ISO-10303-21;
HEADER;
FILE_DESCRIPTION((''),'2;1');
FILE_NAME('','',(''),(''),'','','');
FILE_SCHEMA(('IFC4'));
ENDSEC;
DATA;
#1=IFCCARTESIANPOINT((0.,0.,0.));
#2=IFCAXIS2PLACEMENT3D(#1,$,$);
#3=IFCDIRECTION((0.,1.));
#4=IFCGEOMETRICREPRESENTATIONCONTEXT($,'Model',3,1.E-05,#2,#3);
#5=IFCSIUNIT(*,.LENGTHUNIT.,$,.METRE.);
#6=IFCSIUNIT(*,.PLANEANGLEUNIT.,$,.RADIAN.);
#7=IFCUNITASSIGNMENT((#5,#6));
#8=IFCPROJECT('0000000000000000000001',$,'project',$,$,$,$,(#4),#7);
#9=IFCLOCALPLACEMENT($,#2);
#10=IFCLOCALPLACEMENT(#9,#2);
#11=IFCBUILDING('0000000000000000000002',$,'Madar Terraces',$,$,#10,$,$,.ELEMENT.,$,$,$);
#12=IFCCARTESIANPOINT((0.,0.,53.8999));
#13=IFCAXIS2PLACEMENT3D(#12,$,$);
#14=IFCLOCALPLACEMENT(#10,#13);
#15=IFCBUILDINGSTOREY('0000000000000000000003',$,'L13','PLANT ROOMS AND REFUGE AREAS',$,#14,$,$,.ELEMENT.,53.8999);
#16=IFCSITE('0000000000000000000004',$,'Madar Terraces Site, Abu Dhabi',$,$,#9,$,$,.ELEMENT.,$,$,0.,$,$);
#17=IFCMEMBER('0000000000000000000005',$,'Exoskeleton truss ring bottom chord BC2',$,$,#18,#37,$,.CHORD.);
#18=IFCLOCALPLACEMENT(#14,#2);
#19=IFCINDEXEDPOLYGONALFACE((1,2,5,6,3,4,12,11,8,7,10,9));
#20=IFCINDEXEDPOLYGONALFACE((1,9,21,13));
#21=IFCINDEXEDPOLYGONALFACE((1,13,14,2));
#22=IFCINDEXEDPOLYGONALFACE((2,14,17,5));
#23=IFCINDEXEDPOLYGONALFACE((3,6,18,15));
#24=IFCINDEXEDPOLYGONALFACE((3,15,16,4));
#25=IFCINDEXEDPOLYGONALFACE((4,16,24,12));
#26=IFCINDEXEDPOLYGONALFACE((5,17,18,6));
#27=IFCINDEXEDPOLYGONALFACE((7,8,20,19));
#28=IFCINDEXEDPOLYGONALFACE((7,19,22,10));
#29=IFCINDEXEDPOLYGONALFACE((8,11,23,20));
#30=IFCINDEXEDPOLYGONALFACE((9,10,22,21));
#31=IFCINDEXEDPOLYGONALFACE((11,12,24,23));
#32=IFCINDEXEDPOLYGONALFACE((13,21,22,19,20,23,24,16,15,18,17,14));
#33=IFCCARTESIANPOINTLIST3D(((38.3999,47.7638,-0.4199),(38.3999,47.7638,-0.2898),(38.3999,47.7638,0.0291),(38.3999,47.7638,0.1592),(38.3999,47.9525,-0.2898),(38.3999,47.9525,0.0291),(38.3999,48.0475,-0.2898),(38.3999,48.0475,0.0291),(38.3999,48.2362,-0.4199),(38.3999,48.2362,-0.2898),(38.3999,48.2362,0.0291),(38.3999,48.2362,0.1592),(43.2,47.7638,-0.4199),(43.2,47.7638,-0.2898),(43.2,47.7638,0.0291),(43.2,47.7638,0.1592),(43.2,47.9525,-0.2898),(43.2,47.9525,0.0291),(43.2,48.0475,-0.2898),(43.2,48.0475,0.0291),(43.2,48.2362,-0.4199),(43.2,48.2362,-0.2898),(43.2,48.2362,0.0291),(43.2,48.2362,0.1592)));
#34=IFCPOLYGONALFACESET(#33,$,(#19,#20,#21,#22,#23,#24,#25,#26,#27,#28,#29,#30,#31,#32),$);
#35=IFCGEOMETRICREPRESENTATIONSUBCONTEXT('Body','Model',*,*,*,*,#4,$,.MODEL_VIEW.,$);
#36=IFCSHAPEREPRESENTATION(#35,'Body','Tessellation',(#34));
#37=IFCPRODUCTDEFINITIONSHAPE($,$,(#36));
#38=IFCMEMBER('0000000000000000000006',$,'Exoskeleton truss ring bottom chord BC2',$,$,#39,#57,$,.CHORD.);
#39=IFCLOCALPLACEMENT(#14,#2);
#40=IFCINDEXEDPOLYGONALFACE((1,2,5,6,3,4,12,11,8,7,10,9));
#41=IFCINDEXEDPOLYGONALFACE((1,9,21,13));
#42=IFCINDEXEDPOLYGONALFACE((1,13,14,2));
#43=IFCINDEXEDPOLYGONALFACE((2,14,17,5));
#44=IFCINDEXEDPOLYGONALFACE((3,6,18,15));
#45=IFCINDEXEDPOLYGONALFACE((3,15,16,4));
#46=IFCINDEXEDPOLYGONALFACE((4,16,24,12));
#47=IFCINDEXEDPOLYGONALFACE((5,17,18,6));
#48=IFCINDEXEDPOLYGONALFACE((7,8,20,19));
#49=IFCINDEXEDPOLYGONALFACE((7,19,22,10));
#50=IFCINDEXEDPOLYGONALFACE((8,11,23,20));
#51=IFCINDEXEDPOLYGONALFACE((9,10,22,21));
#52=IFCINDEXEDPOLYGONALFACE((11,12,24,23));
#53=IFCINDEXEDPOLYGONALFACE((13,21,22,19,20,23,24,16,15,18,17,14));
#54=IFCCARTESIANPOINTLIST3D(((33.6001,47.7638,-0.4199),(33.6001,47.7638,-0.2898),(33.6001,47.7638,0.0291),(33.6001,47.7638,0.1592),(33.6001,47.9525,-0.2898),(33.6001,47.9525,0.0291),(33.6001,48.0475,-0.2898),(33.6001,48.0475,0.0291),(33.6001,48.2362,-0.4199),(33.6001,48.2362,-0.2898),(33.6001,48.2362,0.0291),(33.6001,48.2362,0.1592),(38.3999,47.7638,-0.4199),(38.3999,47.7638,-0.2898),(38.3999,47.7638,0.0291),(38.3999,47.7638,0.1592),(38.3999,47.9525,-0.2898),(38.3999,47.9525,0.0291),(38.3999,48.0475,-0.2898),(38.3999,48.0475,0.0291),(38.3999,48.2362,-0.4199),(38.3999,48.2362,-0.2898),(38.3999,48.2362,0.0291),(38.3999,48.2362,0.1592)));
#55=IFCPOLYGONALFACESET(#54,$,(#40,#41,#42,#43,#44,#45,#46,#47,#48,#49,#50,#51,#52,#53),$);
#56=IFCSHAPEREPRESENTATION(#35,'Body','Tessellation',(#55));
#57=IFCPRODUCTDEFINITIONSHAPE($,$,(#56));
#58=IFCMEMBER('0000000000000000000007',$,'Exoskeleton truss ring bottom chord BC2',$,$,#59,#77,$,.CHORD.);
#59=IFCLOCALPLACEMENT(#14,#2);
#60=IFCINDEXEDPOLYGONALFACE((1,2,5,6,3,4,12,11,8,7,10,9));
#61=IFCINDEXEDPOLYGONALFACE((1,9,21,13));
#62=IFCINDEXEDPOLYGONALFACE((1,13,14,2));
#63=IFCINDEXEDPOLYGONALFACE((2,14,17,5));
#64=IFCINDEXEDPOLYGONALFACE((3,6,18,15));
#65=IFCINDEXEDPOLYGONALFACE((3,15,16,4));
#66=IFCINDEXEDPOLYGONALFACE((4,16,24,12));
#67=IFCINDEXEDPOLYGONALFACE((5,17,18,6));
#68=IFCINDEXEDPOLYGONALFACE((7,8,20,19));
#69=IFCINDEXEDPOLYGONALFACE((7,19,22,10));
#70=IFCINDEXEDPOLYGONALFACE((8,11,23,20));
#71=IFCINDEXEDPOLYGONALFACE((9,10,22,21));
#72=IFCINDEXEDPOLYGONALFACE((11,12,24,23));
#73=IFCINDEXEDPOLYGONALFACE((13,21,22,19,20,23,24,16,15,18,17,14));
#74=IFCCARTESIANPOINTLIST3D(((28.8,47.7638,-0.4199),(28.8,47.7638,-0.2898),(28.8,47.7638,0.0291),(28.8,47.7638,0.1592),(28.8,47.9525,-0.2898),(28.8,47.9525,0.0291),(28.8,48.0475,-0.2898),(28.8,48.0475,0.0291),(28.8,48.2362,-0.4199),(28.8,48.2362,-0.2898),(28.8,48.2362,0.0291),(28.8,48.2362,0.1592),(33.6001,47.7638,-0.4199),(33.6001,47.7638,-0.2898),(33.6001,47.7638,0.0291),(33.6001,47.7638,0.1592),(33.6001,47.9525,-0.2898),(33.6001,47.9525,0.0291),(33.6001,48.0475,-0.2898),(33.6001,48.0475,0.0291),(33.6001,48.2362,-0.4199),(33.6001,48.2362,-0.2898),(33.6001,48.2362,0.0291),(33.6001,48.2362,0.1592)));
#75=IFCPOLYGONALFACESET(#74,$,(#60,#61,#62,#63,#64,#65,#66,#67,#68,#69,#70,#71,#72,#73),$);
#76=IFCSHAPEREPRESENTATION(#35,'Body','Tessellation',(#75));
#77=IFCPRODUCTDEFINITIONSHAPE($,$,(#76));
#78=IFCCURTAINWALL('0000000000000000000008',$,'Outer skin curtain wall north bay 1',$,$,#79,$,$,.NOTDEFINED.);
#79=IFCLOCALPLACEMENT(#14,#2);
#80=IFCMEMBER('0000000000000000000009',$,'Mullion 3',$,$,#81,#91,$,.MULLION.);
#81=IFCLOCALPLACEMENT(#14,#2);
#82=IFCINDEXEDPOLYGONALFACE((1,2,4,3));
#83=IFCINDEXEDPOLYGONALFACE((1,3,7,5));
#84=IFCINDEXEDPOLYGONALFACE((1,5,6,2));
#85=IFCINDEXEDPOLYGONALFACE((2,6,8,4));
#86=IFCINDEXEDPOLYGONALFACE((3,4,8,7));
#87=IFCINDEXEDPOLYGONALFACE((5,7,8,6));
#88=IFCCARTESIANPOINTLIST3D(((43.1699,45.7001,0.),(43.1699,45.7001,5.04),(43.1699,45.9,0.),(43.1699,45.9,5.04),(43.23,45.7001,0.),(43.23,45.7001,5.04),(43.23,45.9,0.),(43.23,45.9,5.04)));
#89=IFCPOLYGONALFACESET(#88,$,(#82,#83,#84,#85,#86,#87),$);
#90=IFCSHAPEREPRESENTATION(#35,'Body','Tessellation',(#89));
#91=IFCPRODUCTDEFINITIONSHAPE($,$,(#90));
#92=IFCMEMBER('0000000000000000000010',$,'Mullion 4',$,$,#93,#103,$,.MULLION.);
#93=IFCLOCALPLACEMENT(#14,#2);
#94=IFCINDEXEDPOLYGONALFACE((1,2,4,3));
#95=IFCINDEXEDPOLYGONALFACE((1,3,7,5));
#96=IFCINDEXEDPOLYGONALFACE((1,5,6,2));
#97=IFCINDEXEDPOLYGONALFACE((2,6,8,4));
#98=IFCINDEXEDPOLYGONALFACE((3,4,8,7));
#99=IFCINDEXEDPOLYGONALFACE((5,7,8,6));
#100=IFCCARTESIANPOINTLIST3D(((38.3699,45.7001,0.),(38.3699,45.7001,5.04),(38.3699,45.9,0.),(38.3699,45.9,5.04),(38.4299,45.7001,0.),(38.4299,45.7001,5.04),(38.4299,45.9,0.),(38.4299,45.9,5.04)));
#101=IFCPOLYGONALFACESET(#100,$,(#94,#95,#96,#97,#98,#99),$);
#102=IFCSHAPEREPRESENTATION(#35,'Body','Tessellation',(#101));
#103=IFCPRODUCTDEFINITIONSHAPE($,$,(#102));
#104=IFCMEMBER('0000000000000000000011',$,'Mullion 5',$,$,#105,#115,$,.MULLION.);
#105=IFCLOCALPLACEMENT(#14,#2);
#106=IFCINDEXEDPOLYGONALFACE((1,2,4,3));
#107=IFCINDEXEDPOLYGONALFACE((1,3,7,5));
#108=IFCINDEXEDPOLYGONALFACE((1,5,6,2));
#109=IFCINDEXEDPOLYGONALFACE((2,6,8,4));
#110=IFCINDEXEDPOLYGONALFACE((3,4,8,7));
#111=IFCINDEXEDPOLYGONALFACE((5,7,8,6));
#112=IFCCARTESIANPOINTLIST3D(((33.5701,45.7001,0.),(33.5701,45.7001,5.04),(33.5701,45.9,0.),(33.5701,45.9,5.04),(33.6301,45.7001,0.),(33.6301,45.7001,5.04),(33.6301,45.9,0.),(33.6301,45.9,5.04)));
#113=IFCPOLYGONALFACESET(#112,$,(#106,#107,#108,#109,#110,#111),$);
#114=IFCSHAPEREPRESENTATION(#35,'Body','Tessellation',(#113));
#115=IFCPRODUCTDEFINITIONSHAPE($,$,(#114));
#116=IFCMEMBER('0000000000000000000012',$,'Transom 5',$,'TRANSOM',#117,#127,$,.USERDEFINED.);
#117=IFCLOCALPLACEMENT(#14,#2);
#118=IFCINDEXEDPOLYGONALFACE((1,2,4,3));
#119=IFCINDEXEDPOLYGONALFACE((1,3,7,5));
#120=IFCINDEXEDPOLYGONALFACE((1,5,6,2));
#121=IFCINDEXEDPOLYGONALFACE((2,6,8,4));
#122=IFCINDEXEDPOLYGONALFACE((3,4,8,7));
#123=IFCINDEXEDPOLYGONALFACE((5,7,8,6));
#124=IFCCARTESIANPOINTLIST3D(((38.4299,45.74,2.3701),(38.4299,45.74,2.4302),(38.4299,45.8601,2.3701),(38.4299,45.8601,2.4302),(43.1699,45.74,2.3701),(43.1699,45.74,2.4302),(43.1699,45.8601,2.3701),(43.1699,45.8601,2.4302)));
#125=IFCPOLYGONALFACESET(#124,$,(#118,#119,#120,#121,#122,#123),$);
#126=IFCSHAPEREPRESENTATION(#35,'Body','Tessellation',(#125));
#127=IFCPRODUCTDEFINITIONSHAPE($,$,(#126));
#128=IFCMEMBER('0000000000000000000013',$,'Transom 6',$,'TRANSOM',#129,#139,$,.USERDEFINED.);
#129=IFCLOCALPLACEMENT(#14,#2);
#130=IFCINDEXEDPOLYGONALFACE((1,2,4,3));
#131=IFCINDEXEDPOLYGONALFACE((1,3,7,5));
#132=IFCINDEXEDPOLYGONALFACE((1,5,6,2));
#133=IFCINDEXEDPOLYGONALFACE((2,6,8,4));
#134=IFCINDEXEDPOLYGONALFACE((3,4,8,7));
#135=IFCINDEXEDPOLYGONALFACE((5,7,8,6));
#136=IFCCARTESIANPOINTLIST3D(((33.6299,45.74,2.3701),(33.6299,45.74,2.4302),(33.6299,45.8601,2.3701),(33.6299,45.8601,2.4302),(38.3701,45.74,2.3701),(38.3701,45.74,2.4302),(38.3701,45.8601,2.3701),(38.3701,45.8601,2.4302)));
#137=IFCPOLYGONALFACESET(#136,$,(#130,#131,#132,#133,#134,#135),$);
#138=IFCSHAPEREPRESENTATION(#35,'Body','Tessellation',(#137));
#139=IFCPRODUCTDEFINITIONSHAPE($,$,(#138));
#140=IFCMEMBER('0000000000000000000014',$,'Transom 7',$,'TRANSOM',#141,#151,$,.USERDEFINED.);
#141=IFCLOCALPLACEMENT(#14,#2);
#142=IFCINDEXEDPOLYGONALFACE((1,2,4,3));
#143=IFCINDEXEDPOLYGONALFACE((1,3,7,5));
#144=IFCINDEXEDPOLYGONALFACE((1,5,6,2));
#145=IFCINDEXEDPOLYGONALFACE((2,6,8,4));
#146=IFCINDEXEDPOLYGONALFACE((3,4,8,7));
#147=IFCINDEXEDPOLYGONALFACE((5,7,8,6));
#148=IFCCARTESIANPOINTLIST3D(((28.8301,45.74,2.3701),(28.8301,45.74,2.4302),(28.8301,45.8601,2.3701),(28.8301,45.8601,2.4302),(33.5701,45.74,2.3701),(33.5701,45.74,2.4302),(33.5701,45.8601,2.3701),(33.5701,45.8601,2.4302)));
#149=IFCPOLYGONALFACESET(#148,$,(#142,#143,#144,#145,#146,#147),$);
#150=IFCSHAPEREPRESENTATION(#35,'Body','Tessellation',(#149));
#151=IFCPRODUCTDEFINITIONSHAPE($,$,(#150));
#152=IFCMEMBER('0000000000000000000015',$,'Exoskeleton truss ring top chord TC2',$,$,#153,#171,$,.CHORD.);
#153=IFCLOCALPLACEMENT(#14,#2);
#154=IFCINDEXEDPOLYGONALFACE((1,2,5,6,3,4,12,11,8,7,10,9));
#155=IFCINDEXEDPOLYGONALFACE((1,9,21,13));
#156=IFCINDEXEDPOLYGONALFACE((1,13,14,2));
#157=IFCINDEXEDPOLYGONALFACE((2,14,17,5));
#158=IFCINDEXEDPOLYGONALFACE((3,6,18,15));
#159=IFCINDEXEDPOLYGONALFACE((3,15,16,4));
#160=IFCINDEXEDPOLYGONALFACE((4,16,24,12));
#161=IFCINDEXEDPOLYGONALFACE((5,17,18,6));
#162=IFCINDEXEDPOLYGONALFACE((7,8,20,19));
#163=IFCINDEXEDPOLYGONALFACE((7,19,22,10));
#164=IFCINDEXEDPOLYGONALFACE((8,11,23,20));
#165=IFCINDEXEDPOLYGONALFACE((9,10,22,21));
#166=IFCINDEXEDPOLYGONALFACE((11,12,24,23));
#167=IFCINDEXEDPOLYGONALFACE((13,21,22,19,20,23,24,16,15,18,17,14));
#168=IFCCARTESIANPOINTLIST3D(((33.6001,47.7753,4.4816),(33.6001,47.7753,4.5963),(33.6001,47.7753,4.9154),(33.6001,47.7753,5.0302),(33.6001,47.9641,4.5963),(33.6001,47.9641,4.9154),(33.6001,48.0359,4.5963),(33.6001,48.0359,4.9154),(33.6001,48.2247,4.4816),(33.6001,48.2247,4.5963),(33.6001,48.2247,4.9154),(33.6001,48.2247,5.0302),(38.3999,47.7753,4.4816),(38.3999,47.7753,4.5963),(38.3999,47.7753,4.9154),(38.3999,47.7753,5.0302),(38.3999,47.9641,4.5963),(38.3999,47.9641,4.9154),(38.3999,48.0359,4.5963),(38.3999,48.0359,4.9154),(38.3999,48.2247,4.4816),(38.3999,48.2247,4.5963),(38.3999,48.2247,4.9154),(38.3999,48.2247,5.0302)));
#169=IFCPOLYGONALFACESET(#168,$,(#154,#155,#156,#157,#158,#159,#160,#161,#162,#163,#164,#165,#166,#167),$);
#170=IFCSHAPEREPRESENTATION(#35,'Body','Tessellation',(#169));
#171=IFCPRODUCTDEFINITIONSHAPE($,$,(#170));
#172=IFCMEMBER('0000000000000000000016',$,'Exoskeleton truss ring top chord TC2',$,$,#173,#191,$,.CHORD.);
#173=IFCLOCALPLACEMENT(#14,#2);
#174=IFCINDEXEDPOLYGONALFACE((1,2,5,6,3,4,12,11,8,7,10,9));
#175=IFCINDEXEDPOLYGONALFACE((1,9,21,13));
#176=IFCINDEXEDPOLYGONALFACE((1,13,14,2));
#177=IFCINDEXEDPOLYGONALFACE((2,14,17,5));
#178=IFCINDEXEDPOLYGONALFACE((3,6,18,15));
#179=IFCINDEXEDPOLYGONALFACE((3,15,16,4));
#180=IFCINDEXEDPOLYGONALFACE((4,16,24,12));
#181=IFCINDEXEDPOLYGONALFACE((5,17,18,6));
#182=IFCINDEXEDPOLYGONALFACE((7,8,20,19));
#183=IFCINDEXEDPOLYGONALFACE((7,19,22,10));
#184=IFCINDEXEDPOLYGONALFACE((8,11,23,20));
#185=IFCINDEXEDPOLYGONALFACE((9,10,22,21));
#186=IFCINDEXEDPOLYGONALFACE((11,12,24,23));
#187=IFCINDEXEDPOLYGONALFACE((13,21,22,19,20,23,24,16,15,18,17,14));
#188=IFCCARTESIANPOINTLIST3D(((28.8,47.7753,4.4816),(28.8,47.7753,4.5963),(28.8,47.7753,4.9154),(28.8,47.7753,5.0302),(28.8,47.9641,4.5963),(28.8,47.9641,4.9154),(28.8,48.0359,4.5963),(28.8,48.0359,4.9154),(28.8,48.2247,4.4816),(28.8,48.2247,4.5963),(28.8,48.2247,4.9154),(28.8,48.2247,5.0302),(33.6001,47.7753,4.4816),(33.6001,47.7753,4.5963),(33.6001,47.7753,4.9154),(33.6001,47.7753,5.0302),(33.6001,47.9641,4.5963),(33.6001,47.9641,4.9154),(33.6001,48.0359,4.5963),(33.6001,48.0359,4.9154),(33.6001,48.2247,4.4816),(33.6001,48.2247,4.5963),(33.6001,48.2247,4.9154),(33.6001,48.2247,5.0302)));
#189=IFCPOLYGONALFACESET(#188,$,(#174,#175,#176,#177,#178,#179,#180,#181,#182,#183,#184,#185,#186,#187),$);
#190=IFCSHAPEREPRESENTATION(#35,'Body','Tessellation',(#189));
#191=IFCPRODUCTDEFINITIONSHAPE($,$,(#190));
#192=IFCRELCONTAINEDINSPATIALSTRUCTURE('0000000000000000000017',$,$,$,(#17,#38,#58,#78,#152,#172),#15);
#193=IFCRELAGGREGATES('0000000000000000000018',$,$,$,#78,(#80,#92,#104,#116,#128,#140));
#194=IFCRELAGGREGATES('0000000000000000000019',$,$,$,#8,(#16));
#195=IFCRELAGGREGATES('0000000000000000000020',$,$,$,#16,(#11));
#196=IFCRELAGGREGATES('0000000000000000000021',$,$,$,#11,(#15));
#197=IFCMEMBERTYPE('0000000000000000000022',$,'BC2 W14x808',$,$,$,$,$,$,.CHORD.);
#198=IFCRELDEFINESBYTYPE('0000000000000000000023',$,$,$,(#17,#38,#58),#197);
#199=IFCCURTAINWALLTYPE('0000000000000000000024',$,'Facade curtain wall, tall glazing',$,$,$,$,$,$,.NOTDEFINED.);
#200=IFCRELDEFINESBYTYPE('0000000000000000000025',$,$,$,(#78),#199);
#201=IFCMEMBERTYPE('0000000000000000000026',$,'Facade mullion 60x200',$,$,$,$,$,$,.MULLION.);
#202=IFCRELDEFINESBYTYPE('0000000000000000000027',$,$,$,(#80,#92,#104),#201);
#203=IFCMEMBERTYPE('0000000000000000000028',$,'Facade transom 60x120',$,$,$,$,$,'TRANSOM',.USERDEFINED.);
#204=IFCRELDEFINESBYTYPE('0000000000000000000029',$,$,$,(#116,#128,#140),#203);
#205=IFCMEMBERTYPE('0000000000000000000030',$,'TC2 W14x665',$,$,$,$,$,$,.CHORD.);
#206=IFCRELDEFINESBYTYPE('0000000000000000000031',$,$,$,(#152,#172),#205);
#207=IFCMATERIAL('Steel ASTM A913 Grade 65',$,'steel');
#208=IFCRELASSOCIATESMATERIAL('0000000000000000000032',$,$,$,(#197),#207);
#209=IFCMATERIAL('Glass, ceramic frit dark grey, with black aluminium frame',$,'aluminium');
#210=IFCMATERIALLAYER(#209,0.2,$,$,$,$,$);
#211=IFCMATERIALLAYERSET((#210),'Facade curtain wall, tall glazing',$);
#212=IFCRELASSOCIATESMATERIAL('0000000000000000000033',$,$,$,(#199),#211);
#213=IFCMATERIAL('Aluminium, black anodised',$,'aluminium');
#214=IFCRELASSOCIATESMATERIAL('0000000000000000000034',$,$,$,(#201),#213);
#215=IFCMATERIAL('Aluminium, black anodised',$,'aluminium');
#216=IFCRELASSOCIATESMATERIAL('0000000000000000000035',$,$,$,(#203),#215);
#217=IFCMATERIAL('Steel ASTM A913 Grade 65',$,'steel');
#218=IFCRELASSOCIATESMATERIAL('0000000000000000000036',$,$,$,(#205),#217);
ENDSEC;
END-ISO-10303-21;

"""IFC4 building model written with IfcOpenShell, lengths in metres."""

from ifc_helpers import new_model, si_unit, direction, frame, origin, origin_2d, place, context, subcontext, project, spatial, rectangle, i_section, extrude, material, layer, layer_set, material_profile, profile_set, type_object, element, aggregate, save


model = new_model("IFC4")

# Units and contexts
model_context = context("Model", 3, precision=1e-05, world=origin(), true_north=direction((0.0, 1.0)))
body_context = subcontext(model_context, "Body", "Model", "MODEL_VIEW")
ifc_project = project(units=[si_unit("LENGTHUNIT", "METRE"), si_unit("PLANEANGLEUNIT", "RADIAN")], contexts=[model_context])

# Site, building, storey
site_placement = place(None, origin())
site = spatial("IfcSite", under=ifc_project, at=site_placement, Name="Madar Terraces Site, Abu Dhabi", CompositionType="ELEMENT", RefElevation=0.0)
building_placement = place(site_placement, origin())
building = spatial("IfcBuilding", under=site, at=building_placement, Name="Madar Terraces", CompositionType="ELEMENT")
storey_placement = place(building_placement, frame((0.0, 0.0, 53.8999)))
storey = spatial("IfcBuildingStorey", under=building, at=storey_placement, Name="L13", Description="PLANT ROOMS AND REFUGE AREAS", CompositionType="ELEMENT", Elevation=53.8999)

# Members
ifc_material_1 = material(Name="Steel ASTM A913 Grade 65", Category="steel")
ifc_material_profile_1 = material_profile(ifc_material_1, i_section(OverallWidth=0.4724, OverallDepth=0.5791, WebThickness=0.095, FlangeThickness=0.1301, at=origin_2d()), Name="W14x808")
ifc_profile_set_1 = profile_set([ifc_material_profile_1], Name="Steel ASTM A913 Grade 65")
member_type_1 = type_object("IfcMemberType", Name="BC2 W14x808", PredefinedType="CHORD", material=ifc_profile_set_1)
member_1_placement = place(storey_placement, frame((43.2, 48.0, -0.1304), z_axis=(-1.0, 0.0, 0.0), x_axis=(0.0, -1.0, 0.0)))
element("IfcMember", 1, at=member_1_placement, inside=storey, type_object=member_type_1, Name="Exoskeleton truss ring bottom chord BC2", PredefinedType="CHORD", context=body_context, shape_type="SweptSolid", body=[
    extrude(i_section(OverallWidth=0.4724, OverallDepth=0.5791, WebThickness=0.095, FlangeThickness=0.1301, at=origin_2d()), origin(), (0.0, 0.0, 1.0), 4.8),
])
member_2_placement = place(storey_placement, frame((38.3999, 48.0, -0.1304), z_axis=(-1.0, 0.0, 0.0), x_axis=(0.0, -1.0, 0.0)))
element("IfcMember", 2, at=member_2_placement, inside=storey, type_object=member_type_1, Name="Exoskeleton truss ring bottom chord BC2", PredefinedType="CHORD", context=body_context, shape_type="SweptSolid", body=[
    extrude(i_section(OverallWidth=0.4724, OverallDepth=0.5791, WebThickness=0.095, FlangeThickness=0.1301, at=origin_2d()), origin(), (0.0, 0.0, 1.0), 4.7998),
])
member_3_placement = place(storey_placement, frame((33.6001, 48.0, -0.1304), z_axis=(-1.0, 0.0, 0.0), x_axis=(0.0, -1.0, 0.0)))
element("IfcMember", 3, at=member_3_placement, inside=storey, type_object=member_type_1, Name="Exoskeleton truss ring bottom chord BC2", PredefinedType="CHORD", context=body_context, shape_type="SweptSolid", body=[
    extrude(i_section(OverallWidth=0.4724, OverallDepth=0.5791, WebThickness=0.095, FlangeThickness=0.1301, at=origin_2d()), origin(), (0.0, 0.0, 1.0), 4.8),
])

# Curtain wall, members
ifc_material_2 = material(Name="Glass, ceramic frit dark grey, with black aluminium frame", Category="aluminium")
ifc_layer_1 = layer(ifc_material_2, 0.2)
ifc_layer_set_1 = layer_set([ifc_layer_1], Name="Facade curtain wall, tall glazing")
curtain_wall_type = type_object("IfcCurtainWallType", Name="Facade curtain wall, tall glazing", PredefinedType="NOTDEFINED", material=ifc_layer_set_1)
curtain_wall_placement = place(storey_placement, origin())
curtain_wall = element("IfcCurtainWall", 4, at=curtain_wall_placement, inside=storey, type_object=curtain_wall_type, Name="Outer skin curtain wall north bay 1", PredefinedType="NOTDEFINED")
ifc_material_3 = material(Name="Aluminium, black anodised", Category="aluminium")
ifc_material_profile_2 = material_profile(ifc_material_3, rectangle(XDim=0.2, YDim=0.0601, at=origin_2d()), Name="Facade mullion 60x200")
ifc_profile_set_2 = profile_set([ifc_material_profile_2], Name="Aluminium, black anodised")
member_type_2 = type_object("IfcMemberType", Name="Facade mullion 60x200", PredefinedType="MULLION", material=ifc_profile_set_2)
member_4_placement = place(storey_placement, frame((43.2, 45.8, 0.0), z_axis=(0.0, 0.0, 1.0), x_axis=(0.0, -1.0, 0.0)))
member_4 = element("IfcMember", 5, at=member_4_placement, type_object=member_type_2, Name="Mullion 3", PredefinedType="MULLION", context=body_context, shape_type="SweptSolid", body=[
    extrude(rectangle(XDim=0.2, YDim=0.0601, at=origin_2d()), origin(), (0.0, 0.0, 1.0), 5.04),
])
member_5_placement = place(storey_placement, frame((38.3999, 45.8, 0.0), z_axis=(0.0, 0.0, 1.0), x_axis=(0.0, -1.0, 0.0)))
member_5 = element("IfcMember", 6, at=member_5_placement, type_object=member_type_2, Name="Mullion 4", PredefinedType="MULLION", context=body_context, shape_type="SweptSolid", body=[
    extrude(rectangle(XDim=0.2, YDim=0.0601, at=origin_2d()), origin(), (0.0, 0.0, 1.0), 5.04),
])
member_6_placement = place(storey_placement, frame((33.6001, 45.8, 0.0), z_axis=(0.0, 0.0, 1.0), x_axis=(0.0, -1.0, 0.0)))
member_6 = element("IfcMember", 7, at=member_6_placement, type_object=member_type_2, Name="Mullion 5", PredefinedType="MULLION", context=body_context, shape_type="SweptSolid", body=[
    extrude(rectangle(XDim=0.2, YDim=0.0601, at=origin_2d()), origin(), (0.0, 0.0, 1.0), 5.04),
])
ifc_material_4 = material(Name="Aluminium, black anodised", Category="aluminium")
ifc_material_profile_3 = material_profile(ifc_material_4, rectangle(XDim=0.1201, YDim=0.0601, at=origin_2d()), Name="Facade transom 60x120")
ifc_profile_set_3 = profile_set([ifc_material_profile_3], Name="Aluminium, black anodised")
member_type_3 = type_object("IfcMemberType", Name="Facade transom 60x120", ElementType="TRANSOM", PredefinedType="USERDEFINED", material=ifc_profile_set_3)
member_7_placement = place(storey_placement, frame((43.1699, 45.8, 2.4001), z_axis=(-1.0, 0.0, 0.0), x_axis=(0.0, -1.0, 0.0)))
member_7 = element("IfcMember", 8, at=member_7_placement, type_object=member_type_3, Name="Transom 5", ObjectType="TRANSOM", PredefinedType="USERDEFINED", context=body_context, shape_type="SweptSolid", body=[
    extrude(rectangle(XDim=0.1201, YDim=0.0601, at=origin_2d()), origin(), (0.0, 0.0, 1.0), 4.74),
])
member_8_placement = place(storey_placement, frame((38.3701, 45.8, 2.4001), z_axis=(-1.0, 0.0, 0.0), x_axis=(0.0, -1.0, 0.0)))
member_8 = element("IfcMember", 9, at=member_8_placement, type_object=member_type_3, Name="Transom 6", ObjectType="TRANSOM", PredefinedType="USERDEFINED", context=body_context, shape_type="SweptSolid", body=[
    extrude(rectangle(XDim=0.1201, YDim=0.0601, at=origin_2d()), origin(), (0.0, 0.0, 1.0), 4.7402),
])
member_9_placement = place(storey_placement, frame((33.5701, 45.8, 2.4001), z_axis=(-1.0, 0.0, 0.0), x_axis=(0.0, -1.0, 0.0)))
member_9 = element("IfcMember", 10, at=member_9_placement, type_object=member_type_3, Name="Transom 7", ObjectType="TRANSOM", PredefinedType="USERDEFINED", context=body_context, shape_type="SweptSolid", body=[
    extrude(rectangle(XDim=0.1201, YDim=0.0601, at=origin_2d()), origin(), (0.0, 0.0, 1.0), 4.74),
])

# Members
ifc_material_5 = material(Name="Steel ASTM A913 Grade 65", Category="steel")
ifc_material_profile_4 = material_profile(ifc_material_5, i_section(OverallWidth=0.4495, OverallDepth=0.5486, WebThickness=0.0718, FlangeThickness=0.1147, at=origin_2d()), Name="W14x665")
ifc_profile_set_4 = profile_set([ifc_material_profile_4], Name="Steel ASTM A913 Grade 65")
member_type_4 = type_object("IfcMemberType", Name="TC2 W14x665", PredefinedType="CHORD", material=ifc_profile_set_4)
member_10_placement = place(storey_placement, frame((38.3999, 48.0, 4.7559), z_axis=(-1.0, 0.0, 0.0), x_axis=(0.0, -1.0, 0.0)))
element("IfcMember", 11, at=member_10_placement, inside=storey, type_object=member_type_4, Name="Exoskeleton truss ring top chord TC2", PredefinedType="CHORD", context=body_context, shape_type="SweptSolid", body=[
    extrude(i_section(OverallWidth=0.4495, OverallDepth=0.5486, WebThickness=0.0718, FlangeThickness=0.1147, at=origin_2d()), origin(), (0.0, 0.0, 1.0), 4.7998),
])
member_11_placement = place(storey_placement, frame((33.6001, 48.0, 4.7559), z_axis=(-1.0, 0.0, 0.0), x_axis=(0.0, -1.0, 0.0)))
element("IfcMember", 12, at=member_11_placement, inside=storey, type_object=member_type_4, Name="Exoskeleton truss ring top chord TC2", PredefinedType="CHORD", context=body_context, shape_type="SweptSolid", body=[
    extrude(i_section(OverallWidth=0.4495, OverallDepth=0.5486, WebThickness=0.0718, FlangeThickness=0.1147, at=origin_2d()), origin(), (0.0, 0.0, 1.0), 4.8),
])

aggregate(curtain_wall, [member_4, member_5, member_6, member_7, member_8, member_9])

save(model, "model.ifc")
